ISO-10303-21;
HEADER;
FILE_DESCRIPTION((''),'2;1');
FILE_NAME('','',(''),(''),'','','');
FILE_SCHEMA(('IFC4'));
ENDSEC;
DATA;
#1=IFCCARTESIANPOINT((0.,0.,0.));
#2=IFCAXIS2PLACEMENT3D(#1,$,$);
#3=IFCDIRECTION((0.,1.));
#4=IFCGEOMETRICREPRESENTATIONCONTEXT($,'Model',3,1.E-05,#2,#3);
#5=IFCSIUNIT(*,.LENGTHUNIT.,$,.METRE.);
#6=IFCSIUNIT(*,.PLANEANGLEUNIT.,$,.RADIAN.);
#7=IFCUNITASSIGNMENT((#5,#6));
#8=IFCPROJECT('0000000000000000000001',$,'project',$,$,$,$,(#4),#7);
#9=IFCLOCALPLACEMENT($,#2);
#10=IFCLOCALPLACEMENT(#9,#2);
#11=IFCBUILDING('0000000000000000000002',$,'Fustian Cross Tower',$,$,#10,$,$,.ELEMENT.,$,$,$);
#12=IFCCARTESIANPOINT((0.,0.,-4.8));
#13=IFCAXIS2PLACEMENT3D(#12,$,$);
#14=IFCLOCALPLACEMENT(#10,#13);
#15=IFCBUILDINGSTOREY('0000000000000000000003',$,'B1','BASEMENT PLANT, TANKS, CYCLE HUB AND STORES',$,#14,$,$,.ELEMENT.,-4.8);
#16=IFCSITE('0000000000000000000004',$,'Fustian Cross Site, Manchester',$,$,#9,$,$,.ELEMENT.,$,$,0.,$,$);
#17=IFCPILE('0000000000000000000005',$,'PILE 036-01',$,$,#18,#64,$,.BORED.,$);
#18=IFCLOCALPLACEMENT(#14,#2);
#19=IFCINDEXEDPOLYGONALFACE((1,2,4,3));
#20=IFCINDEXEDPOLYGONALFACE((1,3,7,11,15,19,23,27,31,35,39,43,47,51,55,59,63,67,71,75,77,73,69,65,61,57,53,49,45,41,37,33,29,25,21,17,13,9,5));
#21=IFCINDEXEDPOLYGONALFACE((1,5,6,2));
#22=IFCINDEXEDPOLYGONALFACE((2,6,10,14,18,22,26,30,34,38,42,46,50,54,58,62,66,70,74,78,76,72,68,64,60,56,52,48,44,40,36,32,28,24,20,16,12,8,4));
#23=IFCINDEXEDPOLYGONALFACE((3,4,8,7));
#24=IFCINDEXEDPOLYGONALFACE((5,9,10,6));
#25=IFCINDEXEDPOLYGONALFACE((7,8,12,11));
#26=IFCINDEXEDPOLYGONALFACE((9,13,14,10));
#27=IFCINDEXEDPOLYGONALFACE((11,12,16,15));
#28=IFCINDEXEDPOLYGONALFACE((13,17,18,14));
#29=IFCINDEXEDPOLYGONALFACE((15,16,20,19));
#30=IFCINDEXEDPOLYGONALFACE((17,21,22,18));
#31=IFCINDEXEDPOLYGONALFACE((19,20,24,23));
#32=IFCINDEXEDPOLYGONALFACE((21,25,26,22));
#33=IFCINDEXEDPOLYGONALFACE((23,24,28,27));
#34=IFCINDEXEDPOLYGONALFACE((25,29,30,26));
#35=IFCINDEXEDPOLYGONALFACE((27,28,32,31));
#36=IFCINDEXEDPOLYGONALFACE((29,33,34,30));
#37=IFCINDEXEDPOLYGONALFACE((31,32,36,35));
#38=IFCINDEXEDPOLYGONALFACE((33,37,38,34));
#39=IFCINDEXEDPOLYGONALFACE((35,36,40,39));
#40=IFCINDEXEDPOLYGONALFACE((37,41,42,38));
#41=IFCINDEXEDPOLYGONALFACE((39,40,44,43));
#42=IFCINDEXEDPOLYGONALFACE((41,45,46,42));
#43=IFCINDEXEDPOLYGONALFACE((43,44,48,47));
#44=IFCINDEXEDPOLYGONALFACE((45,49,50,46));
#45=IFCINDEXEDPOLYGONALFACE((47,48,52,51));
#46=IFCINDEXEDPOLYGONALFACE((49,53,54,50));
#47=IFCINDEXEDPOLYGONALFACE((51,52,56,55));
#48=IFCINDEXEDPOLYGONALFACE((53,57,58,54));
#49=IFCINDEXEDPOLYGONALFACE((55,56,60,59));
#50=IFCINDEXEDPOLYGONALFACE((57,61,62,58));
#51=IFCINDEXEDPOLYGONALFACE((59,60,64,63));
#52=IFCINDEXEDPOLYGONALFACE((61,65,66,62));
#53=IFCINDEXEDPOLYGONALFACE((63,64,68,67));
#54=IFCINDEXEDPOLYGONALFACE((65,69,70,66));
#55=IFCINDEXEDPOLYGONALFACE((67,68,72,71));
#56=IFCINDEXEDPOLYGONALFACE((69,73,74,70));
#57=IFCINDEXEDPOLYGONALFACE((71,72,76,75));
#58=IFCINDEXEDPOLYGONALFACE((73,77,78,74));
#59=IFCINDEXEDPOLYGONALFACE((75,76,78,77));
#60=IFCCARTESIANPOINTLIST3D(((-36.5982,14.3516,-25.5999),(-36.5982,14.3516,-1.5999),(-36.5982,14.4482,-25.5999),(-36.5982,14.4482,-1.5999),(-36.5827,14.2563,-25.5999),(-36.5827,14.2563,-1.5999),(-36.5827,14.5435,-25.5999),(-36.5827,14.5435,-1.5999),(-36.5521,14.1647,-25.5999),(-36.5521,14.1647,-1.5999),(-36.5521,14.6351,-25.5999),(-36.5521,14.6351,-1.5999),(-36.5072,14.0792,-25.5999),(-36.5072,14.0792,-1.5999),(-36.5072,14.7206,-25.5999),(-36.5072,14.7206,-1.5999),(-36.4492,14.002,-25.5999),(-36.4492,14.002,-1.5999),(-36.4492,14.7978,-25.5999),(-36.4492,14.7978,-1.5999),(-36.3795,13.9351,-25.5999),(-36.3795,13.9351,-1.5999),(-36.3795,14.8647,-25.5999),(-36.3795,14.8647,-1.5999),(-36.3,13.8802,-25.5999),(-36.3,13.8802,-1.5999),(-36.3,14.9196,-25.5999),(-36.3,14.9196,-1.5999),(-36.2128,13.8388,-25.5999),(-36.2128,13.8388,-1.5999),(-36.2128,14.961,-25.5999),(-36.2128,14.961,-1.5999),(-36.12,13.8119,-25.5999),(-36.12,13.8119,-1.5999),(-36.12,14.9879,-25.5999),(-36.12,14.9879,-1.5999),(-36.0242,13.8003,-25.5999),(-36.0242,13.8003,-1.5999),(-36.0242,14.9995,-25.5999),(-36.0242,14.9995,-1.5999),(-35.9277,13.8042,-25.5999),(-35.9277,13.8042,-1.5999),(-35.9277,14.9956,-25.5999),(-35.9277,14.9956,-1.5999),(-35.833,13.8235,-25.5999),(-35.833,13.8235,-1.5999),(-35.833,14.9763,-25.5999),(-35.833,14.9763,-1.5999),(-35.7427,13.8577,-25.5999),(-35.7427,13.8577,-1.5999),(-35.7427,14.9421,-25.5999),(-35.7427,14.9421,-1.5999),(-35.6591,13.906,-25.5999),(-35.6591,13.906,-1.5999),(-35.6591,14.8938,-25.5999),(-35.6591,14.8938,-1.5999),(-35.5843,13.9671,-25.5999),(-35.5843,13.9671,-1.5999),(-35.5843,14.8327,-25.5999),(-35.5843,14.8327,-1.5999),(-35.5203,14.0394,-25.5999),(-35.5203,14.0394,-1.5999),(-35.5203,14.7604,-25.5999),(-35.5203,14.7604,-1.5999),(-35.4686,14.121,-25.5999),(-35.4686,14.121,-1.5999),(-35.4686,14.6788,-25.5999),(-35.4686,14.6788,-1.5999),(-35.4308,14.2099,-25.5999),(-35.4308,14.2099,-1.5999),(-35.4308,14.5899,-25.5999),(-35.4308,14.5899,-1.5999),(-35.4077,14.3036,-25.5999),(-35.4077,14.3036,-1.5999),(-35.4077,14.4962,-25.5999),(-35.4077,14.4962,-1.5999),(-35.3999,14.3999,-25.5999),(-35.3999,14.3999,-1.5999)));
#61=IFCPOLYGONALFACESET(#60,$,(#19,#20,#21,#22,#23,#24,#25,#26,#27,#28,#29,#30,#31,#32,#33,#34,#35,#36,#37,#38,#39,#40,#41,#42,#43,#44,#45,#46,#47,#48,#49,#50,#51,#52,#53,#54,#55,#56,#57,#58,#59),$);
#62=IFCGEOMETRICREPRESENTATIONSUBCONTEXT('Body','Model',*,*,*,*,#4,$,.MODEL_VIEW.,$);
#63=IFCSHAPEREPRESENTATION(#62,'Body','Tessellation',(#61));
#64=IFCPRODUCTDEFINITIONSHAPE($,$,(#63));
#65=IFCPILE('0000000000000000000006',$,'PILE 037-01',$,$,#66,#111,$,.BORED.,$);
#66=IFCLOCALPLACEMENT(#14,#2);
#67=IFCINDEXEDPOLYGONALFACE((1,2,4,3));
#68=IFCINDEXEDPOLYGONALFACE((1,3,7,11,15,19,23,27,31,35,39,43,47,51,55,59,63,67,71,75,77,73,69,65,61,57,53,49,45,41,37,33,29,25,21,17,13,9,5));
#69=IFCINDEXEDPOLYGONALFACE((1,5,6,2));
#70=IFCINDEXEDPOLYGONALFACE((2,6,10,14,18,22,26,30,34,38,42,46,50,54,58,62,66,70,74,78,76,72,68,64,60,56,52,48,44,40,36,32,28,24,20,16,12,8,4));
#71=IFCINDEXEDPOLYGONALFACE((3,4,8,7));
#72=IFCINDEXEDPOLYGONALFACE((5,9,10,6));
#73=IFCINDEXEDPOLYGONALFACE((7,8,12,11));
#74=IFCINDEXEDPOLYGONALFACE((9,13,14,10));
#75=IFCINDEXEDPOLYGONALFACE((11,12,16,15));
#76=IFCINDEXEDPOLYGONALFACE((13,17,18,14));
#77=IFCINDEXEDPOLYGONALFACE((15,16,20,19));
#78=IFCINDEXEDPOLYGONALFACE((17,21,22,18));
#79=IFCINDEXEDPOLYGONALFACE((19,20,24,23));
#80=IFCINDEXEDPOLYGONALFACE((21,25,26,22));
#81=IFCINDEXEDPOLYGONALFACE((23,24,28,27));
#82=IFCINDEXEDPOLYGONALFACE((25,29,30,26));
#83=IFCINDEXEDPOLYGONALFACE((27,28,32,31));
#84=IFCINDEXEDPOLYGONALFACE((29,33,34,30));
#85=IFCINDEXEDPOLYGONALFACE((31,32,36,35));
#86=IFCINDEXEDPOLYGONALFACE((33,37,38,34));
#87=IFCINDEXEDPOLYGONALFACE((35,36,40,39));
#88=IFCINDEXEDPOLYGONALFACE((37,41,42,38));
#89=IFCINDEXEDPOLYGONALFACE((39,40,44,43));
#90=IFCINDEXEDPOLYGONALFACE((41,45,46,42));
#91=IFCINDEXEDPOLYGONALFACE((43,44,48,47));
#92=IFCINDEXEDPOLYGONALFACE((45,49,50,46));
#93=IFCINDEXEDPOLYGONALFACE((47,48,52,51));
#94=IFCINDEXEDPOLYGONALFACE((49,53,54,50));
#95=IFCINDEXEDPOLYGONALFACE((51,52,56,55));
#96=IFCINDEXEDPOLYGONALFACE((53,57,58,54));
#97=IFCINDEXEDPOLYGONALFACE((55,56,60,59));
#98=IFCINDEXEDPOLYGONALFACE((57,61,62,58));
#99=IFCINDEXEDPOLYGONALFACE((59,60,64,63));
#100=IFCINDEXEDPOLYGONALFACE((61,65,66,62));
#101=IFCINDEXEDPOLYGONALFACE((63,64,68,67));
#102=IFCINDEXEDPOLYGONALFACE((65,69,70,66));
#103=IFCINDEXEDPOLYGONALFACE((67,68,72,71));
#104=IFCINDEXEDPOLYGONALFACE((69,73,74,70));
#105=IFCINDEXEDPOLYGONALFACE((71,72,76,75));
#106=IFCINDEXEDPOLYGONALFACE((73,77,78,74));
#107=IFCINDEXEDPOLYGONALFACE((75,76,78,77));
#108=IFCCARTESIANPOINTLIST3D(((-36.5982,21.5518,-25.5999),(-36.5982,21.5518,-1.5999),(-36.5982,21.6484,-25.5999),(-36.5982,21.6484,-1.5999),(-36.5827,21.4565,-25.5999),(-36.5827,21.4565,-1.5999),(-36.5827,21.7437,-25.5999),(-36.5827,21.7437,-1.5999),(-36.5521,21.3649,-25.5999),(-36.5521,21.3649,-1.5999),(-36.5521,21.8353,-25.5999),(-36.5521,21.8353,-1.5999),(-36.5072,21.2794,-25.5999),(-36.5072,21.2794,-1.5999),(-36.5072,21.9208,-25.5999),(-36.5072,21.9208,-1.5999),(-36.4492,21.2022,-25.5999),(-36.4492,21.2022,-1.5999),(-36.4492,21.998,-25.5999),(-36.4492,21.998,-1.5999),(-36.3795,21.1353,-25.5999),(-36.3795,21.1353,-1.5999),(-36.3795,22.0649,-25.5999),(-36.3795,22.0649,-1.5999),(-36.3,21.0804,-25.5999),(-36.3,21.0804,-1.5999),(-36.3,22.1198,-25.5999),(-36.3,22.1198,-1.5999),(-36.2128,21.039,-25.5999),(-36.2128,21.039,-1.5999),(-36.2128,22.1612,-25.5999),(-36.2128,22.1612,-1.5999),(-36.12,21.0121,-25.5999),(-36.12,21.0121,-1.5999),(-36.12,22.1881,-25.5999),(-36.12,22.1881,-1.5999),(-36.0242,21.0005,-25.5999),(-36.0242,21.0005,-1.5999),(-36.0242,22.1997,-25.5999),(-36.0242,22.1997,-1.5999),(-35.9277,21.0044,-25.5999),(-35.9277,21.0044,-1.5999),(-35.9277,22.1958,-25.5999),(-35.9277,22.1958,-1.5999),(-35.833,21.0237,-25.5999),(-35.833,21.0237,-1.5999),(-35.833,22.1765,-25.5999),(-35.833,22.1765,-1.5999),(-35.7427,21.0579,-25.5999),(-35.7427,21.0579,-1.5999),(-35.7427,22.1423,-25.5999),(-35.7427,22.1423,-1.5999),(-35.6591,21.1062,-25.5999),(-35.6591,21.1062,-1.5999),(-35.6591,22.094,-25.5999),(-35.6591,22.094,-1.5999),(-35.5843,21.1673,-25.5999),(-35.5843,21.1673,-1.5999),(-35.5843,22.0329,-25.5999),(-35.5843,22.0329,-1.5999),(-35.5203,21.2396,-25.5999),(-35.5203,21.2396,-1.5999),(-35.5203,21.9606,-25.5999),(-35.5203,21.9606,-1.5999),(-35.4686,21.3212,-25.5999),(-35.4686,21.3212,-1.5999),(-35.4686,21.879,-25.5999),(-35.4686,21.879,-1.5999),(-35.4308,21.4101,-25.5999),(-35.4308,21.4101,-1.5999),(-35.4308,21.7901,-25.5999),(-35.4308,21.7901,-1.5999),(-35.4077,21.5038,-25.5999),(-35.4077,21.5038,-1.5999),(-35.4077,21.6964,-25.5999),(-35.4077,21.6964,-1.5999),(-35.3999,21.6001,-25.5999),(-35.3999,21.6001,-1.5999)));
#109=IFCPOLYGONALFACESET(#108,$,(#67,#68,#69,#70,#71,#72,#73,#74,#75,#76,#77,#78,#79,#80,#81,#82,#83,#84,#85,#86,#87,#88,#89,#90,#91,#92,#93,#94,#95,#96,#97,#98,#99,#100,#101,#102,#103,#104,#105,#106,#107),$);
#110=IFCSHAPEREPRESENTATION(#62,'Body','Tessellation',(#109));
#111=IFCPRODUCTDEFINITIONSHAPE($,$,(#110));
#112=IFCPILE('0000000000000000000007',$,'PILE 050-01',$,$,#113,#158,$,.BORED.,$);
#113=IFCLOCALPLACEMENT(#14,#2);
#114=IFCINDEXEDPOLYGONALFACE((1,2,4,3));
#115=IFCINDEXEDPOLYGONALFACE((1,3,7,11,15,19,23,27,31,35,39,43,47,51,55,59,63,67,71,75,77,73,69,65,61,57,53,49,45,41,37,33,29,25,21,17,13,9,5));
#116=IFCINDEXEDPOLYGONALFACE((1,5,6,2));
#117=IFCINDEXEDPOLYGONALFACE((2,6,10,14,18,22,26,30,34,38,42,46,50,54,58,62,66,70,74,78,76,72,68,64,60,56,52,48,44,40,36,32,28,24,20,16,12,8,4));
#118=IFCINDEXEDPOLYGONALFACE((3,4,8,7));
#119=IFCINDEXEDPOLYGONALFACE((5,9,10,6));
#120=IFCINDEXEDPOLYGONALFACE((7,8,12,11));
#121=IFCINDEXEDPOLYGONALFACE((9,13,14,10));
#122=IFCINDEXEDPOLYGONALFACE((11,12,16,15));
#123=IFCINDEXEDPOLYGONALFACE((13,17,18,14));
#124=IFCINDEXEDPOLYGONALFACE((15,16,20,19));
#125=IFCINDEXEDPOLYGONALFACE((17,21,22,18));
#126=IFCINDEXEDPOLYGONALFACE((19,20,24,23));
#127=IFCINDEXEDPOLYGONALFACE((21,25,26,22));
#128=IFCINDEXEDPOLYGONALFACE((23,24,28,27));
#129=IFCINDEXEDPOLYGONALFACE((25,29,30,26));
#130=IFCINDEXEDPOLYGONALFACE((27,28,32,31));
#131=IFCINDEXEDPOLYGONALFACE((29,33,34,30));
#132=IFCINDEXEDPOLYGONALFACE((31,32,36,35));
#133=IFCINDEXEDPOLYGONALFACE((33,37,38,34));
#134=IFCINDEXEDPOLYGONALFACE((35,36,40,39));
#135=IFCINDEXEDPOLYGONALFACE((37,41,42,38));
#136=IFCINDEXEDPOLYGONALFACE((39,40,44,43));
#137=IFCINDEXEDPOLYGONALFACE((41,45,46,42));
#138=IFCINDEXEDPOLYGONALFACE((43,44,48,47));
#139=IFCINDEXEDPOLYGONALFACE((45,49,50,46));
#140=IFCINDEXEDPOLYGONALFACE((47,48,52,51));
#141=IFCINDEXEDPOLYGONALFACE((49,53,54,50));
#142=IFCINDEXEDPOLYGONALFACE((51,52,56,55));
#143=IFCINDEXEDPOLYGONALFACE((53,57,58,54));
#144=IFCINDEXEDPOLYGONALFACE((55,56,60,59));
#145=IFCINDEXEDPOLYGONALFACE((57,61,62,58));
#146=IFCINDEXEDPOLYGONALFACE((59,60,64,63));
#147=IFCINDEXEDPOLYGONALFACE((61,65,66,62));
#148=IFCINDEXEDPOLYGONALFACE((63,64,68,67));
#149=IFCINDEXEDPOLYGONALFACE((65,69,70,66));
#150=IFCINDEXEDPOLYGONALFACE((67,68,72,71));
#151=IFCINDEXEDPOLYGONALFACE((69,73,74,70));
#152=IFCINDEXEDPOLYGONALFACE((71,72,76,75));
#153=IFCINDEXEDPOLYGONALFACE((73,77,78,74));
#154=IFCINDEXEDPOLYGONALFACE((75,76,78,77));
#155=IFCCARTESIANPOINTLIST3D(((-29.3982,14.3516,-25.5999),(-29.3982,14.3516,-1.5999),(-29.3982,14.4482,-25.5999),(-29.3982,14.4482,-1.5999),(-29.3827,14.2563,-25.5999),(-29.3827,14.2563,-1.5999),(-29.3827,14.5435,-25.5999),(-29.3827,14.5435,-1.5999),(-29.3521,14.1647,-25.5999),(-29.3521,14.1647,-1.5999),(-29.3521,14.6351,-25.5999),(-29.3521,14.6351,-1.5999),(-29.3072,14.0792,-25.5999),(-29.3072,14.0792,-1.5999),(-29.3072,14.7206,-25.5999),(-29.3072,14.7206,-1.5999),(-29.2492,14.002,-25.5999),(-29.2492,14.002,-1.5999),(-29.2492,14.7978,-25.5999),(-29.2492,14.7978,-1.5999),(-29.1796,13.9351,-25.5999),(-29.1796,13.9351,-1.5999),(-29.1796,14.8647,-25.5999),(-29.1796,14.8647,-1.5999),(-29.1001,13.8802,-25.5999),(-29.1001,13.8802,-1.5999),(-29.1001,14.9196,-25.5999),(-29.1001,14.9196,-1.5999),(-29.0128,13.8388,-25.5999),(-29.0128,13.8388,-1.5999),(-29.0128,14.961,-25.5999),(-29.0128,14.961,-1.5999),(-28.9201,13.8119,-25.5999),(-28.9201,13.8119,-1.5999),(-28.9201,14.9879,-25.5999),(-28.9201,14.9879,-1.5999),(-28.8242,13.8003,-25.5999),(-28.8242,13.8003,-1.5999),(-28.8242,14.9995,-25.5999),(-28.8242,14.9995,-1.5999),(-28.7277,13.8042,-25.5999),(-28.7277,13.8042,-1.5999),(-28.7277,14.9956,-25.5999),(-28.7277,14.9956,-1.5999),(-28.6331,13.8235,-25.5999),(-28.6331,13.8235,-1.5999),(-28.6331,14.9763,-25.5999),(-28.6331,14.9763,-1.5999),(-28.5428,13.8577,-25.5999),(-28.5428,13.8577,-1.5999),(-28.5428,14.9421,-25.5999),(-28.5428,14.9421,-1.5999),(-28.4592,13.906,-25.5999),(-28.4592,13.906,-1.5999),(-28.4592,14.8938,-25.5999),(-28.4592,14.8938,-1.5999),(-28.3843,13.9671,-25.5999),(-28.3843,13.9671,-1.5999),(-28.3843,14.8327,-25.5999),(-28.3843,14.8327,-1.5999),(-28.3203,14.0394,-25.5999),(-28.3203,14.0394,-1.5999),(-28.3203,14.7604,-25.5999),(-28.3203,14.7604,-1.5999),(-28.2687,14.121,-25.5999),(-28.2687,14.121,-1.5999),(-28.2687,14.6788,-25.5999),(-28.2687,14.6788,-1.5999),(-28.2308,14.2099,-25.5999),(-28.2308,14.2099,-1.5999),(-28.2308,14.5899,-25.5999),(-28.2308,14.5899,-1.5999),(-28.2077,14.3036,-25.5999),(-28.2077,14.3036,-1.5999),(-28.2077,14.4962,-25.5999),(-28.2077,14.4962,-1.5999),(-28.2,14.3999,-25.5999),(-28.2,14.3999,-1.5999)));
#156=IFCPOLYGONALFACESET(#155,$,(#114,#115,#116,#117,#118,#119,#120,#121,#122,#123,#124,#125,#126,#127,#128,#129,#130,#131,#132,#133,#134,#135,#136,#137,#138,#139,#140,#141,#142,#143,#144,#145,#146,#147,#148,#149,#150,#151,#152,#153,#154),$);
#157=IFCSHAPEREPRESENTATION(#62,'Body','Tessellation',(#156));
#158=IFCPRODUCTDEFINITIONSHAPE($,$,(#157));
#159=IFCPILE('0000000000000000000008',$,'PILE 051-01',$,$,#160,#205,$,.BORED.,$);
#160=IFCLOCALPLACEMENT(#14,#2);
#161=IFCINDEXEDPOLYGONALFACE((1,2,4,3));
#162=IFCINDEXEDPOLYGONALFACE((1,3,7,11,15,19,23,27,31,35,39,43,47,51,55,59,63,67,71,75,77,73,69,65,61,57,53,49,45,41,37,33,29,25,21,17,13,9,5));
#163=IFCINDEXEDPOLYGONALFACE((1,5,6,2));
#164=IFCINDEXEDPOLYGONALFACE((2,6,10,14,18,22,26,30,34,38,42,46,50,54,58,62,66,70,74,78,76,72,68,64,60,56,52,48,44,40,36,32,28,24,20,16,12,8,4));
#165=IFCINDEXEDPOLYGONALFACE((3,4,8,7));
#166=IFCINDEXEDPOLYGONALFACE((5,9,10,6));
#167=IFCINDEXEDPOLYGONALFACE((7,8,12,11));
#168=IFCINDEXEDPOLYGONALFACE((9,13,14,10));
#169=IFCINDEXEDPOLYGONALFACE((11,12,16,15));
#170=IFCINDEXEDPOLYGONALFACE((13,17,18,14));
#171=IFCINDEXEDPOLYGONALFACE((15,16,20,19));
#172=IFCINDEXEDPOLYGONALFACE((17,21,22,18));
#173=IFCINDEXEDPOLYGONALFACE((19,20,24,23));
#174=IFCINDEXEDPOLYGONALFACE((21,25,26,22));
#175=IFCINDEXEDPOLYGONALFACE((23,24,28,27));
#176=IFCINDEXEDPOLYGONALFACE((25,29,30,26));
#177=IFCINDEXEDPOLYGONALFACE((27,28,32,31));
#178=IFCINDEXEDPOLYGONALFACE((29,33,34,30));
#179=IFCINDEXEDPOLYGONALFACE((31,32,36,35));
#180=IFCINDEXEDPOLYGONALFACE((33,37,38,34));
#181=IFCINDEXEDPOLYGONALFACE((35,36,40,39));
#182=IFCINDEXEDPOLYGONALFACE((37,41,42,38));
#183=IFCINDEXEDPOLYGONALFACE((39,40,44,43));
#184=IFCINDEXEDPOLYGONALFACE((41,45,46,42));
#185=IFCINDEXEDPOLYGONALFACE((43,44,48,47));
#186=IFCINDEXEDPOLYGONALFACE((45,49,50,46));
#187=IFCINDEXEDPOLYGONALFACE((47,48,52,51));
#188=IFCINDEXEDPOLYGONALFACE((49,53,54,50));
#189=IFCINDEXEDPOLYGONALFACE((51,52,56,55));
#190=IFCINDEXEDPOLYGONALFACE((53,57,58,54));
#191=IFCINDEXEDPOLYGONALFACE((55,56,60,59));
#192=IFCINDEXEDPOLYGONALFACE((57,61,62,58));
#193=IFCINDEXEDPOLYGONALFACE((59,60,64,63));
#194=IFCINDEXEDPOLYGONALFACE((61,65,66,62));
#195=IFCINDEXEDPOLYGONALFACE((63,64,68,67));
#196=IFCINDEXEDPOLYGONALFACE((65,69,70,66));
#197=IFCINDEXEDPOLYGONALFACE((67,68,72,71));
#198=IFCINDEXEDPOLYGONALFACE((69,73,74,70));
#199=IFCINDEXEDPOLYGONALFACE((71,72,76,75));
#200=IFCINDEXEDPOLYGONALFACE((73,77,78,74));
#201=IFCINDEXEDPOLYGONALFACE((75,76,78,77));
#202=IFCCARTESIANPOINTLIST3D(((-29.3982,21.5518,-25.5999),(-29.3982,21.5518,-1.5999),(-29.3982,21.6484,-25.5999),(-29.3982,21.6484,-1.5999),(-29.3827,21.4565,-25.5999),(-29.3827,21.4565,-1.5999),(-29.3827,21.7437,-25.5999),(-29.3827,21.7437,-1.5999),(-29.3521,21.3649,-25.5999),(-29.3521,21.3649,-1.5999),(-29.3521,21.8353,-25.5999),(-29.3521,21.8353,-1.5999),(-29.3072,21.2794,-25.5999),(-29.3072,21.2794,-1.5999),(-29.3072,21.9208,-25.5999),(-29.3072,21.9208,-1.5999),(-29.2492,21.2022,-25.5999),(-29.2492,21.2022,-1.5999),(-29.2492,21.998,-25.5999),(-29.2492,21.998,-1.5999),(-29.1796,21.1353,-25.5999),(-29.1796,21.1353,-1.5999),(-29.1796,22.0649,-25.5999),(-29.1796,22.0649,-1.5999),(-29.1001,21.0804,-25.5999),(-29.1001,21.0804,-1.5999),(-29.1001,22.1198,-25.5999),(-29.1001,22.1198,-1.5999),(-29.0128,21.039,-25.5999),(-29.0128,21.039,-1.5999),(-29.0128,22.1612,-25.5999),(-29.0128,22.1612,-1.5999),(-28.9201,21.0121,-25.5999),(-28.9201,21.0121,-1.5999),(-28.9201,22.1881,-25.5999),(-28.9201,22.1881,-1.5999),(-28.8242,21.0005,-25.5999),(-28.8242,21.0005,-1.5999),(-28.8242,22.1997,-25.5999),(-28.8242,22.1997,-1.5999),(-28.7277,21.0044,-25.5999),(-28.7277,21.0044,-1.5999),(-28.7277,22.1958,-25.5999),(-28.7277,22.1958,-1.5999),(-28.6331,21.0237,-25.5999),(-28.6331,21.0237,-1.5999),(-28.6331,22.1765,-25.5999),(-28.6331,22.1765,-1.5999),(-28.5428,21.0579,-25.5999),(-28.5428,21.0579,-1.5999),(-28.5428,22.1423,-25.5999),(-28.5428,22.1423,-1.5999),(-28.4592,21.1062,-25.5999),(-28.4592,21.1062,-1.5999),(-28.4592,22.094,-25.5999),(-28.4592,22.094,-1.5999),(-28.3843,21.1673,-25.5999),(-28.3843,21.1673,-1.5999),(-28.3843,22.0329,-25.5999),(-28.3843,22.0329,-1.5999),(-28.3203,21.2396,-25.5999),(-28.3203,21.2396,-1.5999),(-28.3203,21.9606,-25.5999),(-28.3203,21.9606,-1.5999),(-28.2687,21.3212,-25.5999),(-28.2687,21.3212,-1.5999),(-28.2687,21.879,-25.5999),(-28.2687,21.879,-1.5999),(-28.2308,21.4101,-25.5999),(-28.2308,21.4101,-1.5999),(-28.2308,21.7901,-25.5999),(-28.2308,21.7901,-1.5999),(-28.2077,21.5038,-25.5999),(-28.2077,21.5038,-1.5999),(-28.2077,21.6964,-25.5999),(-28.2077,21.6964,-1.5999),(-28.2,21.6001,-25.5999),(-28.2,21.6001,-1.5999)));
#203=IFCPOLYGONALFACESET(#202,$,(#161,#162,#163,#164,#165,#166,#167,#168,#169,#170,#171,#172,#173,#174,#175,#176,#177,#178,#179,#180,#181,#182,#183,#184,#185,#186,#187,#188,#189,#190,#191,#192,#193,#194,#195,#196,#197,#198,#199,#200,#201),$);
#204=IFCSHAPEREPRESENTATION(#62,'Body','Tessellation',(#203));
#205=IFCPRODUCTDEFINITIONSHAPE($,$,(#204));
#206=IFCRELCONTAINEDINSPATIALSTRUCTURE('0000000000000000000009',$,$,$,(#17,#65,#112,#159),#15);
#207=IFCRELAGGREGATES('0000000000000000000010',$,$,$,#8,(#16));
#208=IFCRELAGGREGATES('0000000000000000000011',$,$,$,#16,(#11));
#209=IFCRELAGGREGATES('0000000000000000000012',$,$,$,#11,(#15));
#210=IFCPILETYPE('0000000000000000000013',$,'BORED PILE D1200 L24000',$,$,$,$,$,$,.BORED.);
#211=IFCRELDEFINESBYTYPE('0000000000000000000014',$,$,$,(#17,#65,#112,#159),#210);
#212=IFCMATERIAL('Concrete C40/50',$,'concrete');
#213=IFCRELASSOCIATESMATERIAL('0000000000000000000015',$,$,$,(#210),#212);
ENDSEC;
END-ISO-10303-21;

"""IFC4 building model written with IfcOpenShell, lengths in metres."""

from ifc_helpers import new_model, si_unit, direction, frame, origin, origin_2d, place, context, subcontext, project, spatial, circle, extrude, material, material_profile, profile_set, type_object, element, save


model = new_model("IFC4")

# Units and contexts
model_context = context("Model", 3, precision=1e-05, world=origin(), true_north=direction((0.0, 1.0)))
body_context = subcontext(model_context, "Body", "Model", "MODEL_VIEW")
ifc_project = project(units=[si_unit("LENGTHUNIT", "METRE"), si_unit("PLANEANGLEUNIT", "RADIAN")], contexts=[model_context])

# Site, building, storey
site_placement = place(None, origin())
site = spatial("IfcSite", under=ifc_project, at=site_placement, Name="Fustian Cross Site, Manchester", CompositionType="ELEMENT", RefElevation=0.0)
building_placement = place(site_placement, origin())
building = spatial("IfcBuilding", under=site, at=building_placement, Name="Fustian Cross Tower", CompositionType="ELEMENT")
storey_placement = place(building_placement, frame((0.0, 0.0, -4.8)))
storey = spatial("IfcBuildingStorey", under=building, at=storey_placement, Name="B1", Description="BASEMENT PLANT, TANKS, CYCLE HUB AND STORES", CompositionType="ELEMENT", Elevation=-4.8)

# Piles
ifc_material_1 = material(Name="Concrete C40/50", Category="concrete")
ifc_material_profile_1 = material_profile(ifc_material_1, circle(Radius=0.6001, at=origin_2d()), Name="BORED PILE D1200 L24000")
ifc_profile_set_1 = profile_set([ifc_material_profile_1], Name="Concrete C40/50")
pile_type_1 = type_object("IfcPileType", Name="BORED PILE D1200 L24000", PredefinedType="BORED", material=ifc_profile_set_1)
for number, where, z_axis, x_axis, name in (
    (1, (-36.0, 14.3999, -1.5999), (0.0, 0.0, -1.0), (1.0, 0.0, 0.0), "PILE 036-01"),
    (2, (-36.0, 21.6001, -1.5999), (0.0, 0.0, -1.0), (1.0, 0.0, 0.0), "PILE 037-01"),
    (3, (-28.8, 14.3999, -1.5999), (0.0, 0.0, -1.0), (1.0, 0.0, 0.0), "PILE 050-01"),
    (4, (-28.8, 21.6001, -1.5999), (0.0, 0.0, -1.0), (1.0, 0.0, 0.0), "PILE 051-01"),
):
    element("IfcPile", number, at=place(storey_placement, frame(where, z_axis=z_axis, x_axis=x_axis)), inside=storey, type_object=pile_type_1, Name=name, PredefinedType="BORED", context=body_context, shape_type="SweptSolid", body=[
        extrude(circle(Radius=0.6001, at=origin_2d()), origin(), (0.0, 0.0, 1.0), 24.0),
    ])

save(model, "model.ifc")
